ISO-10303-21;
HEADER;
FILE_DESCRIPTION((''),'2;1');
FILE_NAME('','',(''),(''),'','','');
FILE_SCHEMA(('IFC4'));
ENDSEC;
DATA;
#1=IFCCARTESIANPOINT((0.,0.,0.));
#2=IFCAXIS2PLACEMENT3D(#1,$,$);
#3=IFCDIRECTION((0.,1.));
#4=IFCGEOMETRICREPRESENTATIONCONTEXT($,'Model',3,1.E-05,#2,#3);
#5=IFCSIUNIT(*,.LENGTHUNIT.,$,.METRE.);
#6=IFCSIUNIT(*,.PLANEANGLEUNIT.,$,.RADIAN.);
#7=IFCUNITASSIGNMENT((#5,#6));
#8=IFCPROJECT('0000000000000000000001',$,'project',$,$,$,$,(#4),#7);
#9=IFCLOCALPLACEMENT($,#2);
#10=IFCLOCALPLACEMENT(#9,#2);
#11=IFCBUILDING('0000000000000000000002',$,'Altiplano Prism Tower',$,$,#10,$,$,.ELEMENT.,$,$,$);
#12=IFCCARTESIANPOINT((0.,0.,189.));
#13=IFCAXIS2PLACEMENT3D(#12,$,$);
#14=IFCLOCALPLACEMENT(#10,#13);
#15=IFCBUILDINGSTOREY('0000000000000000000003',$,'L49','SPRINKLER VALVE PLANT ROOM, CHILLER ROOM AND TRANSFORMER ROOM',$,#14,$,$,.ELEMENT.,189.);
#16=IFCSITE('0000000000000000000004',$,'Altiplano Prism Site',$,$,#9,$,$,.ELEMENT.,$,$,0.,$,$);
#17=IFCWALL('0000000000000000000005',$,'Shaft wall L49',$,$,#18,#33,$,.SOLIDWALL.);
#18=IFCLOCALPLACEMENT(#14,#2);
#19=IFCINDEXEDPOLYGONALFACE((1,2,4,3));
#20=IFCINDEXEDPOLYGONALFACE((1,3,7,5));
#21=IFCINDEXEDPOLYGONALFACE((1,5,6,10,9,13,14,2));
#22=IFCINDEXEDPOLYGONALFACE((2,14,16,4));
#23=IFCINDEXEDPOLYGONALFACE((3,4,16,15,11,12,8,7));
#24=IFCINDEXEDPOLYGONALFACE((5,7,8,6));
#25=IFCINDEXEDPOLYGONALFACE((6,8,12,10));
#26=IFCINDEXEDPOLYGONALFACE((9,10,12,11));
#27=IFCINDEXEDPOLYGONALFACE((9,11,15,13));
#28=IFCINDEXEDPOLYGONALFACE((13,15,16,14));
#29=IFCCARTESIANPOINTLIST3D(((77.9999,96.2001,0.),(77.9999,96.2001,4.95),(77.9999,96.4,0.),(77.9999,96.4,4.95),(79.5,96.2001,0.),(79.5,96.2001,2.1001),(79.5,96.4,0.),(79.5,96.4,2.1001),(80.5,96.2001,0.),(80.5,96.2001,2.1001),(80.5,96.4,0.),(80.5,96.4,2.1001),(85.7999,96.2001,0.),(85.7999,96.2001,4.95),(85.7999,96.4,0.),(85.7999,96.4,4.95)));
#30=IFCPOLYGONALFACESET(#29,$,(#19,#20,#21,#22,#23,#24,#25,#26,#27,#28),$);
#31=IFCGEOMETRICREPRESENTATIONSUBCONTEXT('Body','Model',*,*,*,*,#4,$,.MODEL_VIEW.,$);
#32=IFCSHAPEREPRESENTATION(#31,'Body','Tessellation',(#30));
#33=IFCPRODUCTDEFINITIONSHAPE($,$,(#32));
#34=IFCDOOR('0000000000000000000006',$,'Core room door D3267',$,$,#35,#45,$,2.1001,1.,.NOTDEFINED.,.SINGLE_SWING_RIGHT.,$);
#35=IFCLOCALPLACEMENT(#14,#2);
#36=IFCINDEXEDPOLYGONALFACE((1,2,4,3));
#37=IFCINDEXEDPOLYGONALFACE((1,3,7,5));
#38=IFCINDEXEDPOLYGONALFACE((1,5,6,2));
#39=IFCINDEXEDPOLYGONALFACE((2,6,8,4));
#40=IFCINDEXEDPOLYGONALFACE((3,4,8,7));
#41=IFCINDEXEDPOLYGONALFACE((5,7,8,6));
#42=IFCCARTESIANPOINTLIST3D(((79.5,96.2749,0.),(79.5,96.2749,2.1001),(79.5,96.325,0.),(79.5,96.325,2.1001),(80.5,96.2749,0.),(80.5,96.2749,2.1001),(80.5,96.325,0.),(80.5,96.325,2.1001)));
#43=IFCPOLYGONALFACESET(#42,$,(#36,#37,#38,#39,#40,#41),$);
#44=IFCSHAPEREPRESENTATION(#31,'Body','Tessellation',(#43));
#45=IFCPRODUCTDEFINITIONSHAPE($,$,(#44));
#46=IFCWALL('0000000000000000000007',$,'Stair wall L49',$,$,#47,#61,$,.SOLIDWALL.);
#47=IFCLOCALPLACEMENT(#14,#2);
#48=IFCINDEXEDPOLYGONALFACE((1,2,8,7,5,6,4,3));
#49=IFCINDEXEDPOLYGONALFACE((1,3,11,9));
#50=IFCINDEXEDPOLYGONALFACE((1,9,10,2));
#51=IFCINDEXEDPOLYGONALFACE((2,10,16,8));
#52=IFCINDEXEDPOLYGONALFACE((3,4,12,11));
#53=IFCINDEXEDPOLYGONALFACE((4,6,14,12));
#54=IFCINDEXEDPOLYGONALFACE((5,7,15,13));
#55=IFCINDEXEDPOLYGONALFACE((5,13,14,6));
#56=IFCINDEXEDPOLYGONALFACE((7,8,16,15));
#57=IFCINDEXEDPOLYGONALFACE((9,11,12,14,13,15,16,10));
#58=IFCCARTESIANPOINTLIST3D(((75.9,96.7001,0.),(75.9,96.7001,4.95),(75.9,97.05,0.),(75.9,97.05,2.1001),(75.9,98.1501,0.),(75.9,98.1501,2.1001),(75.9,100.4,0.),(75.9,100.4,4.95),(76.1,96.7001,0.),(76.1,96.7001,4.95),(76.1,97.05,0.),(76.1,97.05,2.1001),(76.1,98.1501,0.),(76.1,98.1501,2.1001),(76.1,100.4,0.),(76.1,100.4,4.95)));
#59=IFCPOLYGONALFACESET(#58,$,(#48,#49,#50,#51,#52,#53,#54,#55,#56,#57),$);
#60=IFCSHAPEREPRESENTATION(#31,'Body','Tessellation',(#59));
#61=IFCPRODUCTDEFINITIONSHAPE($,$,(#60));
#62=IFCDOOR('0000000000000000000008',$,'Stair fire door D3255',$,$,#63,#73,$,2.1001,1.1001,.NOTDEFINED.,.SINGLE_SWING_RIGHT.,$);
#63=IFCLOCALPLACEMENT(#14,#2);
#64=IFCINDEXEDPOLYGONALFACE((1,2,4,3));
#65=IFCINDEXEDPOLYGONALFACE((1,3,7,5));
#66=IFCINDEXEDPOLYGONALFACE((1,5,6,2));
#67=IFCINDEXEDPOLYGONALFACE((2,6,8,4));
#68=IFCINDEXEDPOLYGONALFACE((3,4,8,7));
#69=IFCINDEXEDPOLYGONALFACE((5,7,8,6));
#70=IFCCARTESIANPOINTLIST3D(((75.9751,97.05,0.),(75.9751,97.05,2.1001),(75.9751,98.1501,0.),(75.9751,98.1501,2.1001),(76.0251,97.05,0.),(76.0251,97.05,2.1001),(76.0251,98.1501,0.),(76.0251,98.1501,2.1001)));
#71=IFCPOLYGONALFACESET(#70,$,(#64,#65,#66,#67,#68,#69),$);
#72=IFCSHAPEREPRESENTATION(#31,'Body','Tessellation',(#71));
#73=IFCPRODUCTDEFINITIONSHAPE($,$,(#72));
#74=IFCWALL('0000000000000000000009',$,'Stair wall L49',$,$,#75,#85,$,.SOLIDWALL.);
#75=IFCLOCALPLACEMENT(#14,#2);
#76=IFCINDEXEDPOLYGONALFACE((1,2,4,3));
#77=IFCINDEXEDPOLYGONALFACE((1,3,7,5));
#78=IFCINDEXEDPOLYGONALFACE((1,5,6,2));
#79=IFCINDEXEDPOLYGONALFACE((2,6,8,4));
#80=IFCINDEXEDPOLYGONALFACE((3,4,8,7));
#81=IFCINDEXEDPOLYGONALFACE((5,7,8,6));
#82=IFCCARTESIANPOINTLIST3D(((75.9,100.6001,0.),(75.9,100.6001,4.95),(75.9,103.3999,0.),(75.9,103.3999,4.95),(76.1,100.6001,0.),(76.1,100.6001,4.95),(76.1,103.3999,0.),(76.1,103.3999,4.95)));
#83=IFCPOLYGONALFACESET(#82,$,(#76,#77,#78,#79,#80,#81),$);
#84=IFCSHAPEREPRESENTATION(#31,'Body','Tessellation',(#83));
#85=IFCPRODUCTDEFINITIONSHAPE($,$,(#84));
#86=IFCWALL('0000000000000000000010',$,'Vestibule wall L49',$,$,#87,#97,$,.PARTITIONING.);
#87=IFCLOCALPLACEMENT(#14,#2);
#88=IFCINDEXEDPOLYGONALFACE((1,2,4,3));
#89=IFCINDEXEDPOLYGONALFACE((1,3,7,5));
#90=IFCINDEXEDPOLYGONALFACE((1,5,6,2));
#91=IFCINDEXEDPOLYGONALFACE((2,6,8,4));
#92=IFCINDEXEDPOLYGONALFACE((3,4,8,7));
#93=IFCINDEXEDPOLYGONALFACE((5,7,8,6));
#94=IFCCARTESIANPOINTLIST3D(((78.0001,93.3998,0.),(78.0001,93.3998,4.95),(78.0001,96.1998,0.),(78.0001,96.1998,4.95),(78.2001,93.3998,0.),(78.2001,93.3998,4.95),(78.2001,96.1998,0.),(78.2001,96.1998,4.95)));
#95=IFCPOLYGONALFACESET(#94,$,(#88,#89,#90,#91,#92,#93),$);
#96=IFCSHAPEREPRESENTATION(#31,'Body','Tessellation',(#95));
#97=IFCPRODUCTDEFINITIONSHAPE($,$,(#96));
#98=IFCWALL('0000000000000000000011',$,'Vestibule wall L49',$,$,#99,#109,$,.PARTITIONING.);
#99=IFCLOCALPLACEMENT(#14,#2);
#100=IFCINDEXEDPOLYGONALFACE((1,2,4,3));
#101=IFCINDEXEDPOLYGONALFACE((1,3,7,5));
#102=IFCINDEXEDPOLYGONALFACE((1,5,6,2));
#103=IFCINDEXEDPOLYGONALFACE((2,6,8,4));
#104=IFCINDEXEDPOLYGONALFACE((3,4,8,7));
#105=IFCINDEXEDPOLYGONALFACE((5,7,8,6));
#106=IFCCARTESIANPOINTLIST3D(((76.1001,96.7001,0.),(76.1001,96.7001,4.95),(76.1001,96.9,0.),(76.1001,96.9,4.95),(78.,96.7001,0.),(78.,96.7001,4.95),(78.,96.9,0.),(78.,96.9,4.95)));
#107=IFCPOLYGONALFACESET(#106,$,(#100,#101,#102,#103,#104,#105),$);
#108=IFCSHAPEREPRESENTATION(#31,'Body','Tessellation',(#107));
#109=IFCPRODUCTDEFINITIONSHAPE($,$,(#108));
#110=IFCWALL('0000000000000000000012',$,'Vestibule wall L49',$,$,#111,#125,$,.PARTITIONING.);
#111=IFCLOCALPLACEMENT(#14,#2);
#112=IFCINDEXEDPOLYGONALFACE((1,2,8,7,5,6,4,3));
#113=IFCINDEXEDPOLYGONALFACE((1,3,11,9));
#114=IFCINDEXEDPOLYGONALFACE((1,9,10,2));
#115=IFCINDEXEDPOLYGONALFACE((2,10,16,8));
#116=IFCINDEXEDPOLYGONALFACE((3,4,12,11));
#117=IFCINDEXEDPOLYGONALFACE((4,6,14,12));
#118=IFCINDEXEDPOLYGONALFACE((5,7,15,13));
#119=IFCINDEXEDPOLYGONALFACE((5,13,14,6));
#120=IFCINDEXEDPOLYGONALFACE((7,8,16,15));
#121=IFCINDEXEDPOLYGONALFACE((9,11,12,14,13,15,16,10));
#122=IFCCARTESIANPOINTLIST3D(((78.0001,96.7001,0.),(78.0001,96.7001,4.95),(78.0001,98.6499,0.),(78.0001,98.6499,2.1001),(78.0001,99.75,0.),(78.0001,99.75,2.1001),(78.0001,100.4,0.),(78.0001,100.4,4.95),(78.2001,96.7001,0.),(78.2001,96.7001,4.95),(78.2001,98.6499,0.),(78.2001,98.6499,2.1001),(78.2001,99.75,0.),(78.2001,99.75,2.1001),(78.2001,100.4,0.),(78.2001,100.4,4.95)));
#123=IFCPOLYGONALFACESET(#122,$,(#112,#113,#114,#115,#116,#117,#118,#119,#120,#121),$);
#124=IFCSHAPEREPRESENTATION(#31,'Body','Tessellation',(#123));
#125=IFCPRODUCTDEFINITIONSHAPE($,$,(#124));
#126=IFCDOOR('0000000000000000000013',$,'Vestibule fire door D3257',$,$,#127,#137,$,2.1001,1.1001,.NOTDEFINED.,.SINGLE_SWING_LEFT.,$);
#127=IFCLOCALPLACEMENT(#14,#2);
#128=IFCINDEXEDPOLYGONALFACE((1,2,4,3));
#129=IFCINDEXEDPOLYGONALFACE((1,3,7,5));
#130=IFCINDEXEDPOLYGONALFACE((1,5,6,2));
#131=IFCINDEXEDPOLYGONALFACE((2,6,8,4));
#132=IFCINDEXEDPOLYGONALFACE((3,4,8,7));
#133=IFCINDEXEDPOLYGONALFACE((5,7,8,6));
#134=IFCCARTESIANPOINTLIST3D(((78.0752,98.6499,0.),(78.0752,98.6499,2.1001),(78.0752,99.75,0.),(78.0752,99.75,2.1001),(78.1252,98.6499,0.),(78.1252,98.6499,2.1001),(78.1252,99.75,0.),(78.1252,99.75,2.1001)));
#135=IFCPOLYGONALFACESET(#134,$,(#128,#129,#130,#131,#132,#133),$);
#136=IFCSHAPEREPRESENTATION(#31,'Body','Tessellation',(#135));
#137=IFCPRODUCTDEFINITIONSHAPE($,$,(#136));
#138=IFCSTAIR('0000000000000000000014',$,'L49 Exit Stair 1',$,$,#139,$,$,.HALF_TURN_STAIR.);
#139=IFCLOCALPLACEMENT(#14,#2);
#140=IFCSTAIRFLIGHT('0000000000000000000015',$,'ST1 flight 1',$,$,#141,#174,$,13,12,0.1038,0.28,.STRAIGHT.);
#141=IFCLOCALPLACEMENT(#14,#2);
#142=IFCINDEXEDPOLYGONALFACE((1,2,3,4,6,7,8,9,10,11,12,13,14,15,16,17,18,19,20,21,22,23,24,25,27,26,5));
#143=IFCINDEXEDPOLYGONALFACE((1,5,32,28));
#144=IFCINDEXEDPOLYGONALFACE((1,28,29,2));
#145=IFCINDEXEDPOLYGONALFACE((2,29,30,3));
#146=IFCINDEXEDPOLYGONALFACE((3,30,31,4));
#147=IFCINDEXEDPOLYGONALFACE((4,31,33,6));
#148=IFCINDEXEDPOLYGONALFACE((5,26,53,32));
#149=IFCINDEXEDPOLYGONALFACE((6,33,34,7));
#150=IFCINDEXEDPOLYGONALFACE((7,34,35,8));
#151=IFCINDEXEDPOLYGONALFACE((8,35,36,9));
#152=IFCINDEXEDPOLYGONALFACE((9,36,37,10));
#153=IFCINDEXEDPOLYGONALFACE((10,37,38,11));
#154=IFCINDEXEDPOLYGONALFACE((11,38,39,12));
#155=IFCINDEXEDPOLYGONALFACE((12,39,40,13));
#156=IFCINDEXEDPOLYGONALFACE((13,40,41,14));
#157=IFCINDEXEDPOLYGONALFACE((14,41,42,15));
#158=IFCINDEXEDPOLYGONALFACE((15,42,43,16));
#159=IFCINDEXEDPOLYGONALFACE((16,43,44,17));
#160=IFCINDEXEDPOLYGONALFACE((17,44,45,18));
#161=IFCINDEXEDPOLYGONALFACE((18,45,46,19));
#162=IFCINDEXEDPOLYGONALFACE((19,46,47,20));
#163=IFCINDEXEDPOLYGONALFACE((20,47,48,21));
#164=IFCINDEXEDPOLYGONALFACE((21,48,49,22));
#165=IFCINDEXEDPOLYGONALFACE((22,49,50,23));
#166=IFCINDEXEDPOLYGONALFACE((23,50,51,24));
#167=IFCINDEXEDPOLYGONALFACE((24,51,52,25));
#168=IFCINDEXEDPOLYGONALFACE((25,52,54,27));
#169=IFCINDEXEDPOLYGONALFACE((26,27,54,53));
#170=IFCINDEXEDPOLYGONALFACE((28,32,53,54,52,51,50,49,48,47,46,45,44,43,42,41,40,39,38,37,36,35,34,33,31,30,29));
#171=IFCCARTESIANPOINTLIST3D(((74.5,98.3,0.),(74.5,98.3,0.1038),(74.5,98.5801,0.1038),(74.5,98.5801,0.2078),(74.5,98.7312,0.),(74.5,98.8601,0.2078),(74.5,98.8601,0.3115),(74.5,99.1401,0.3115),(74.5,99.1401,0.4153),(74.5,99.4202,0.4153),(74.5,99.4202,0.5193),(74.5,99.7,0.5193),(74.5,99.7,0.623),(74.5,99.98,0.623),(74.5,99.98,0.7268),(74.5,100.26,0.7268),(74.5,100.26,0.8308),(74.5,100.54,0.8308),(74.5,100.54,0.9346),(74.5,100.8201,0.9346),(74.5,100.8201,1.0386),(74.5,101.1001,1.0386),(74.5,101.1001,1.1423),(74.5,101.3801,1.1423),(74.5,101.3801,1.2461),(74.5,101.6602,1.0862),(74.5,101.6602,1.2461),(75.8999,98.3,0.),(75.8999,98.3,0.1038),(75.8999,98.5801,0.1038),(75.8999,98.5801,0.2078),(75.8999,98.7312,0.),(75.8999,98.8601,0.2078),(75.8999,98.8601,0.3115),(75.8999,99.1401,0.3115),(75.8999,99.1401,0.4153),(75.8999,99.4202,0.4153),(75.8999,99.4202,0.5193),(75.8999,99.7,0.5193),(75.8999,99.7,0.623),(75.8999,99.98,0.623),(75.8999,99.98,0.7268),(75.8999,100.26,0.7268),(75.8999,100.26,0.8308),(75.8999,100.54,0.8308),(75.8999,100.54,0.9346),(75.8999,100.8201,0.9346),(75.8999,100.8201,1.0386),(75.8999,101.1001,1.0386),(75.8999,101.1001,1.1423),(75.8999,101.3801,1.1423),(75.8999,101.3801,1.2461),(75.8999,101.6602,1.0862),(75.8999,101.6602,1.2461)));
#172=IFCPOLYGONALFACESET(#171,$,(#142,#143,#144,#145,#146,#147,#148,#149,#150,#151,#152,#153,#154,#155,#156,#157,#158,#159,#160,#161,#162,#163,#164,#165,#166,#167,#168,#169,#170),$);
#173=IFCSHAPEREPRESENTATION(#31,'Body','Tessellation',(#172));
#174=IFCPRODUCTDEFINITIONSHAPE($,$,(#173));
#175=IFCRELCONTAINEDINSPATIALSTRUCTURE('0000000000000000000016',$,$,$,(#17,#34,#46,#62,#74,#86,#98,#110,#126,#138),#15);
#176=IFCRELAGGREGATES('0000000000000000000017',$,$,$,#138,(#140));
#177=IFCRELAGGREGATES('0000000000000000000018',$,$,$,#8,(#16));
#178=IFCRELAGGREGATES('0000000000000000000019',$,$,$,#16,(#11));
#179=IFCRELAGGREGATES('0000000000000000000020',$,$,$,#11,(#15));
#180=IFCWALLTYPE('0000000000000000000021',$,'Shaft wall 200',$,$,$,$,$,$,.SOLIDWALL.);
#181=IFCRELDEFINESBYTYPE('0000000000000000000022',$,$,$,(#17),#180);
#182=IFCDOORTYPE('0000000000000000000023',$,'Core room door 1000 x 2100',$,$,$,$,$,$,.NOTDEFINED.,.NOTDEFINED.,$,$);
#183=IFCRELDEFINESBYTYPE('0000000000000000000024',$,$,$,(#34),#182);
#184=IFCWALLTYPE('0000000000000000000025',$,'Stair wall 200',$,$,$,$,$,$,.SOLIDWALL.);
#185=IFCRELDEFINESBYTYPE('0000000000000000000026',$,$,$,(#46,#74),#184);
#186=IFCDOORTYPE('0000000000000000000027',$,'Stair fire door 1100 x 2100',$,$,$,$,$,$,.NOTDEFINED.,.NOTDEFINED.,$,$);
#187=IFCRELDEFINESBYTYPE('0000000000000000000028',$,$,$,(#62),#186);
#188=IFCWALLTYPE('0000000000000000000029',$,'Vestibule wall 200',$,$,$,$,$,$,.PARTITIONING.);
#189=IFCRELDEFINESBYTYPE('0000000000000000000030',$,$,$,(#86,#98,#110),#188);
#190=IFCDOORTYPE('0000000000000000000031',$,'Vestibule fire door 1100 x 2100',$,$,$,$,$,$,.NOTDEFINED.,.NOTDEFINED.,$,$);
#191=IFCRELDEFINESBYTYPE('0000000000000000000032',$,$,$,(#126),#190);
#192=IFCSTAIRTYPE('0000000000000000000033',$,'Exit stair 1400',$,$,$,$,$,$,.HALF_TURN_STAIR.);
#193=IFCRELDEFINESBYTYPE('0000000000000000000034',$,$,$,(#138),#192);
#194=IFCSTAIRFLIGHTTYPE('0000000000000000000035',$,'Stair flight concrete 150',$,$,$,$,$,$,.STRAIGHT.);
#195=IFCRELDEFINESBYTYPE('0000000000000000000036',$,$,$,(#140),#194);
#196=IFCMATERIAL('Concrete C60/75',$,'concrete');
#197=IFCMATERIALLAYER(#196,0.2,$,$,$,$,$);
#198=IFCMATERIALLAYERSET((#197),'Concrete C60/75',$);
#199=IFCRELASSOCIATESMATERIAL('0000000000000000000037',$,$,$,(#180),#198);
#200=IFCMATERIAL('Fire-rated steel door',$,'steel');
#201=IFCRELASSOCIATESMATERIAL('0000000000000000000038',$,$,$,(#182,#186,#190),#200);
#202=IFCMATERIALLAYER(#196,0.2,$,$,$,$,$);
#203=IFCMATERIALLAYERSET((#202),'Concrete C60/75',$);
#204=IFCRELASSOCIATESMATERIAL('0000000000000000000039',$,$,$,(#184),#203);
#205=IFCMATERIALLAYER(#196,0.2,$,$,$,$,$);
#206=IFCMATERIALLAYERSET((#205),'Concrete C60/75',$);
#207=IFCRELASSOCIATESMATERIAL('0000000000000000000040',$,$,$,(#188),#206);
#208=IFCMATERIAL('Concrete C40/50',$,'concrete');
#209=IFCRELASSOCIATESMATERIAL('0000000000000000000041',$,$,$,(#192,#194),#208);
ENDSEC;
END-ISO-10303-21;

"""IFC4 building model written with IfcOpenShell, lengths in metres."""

from ifc_helpers import new_model, si_unit, direction, frame, frame_2d, origin, place, context, subcontext, project, spatial, polyline, rectangle, outline, extrude, material, layer, layer_set, type_object, element, fill, aggregate, save


model = new_model("IFC4")

# Units and contexts
model_context = context("Model", 3, precision=1e-05, world=origin(), true_north=direction((0.0, 1.0)))
body_context = subcontext(model_context, "Body", "Model", "MODEL_VIEW")
ifc_project = project(units=[si_unit("LENGTHUNIT", "METRE"), si_unit("PLANEANGLEUNIT", "RADIAN")], contexts=[model_context])

# Site, building, storey
site_placement = place(None, origin())
site = spatial("IfcSite", under=ifc_project, at=site_placement, Name="Altiplano Prism Site", CompositionType="ELEMENT", RefElevation=0.0)
building_placement = place(site_placement, origin())
building = spatial("IfcBuilding", under=site, at=building_placement, Name="Altiplano Prism Tower", CompositionType="ELEMENT")
storey_placement = place(building_placement, frame((0.0, 0.0, 189.0)))
storey = spatial("IfcBuildingStorey", under=building, at=storey_placement, Name="L49", Description="SPRINKLER VALVE PLANT ROOM, CHILLER ROOM AND TRANSFORMER ROOM", CompositionType="ELEMENT", Elevation=189.0)

# Walls, openings, doors
ifc_material_1 = material(Name="Concrete C60/75", Category="concrete")
ifc_layer_1 = layer(ifc_material_1, 0.2)
ifc_layer_set_1 = layer_set([ifc_layer_1], Name="Concrete C60/75")
wall_type_1 = type_object("IfcWallType", Name="Shaft wall 200", PredefinedType="SOLIDWALL", material=ifc_layer_set_1)
wall_1_placement = place(storey_placement, frame((78.0, 96.3, 0.0), z_axis=(0.0, 0.0, 1.0), x_axis=(1.0, 0.0, 0.0)))
wall_1 = element("IfcWall", 1, at=wall_1_placement, inside=storey, type_object=wall_type_1, Name="Shaft wall L49", PredefinedType="SOLIDWALL", context=body_context, shape_type="SweptSolid", body=[
    extrude(rectangle(XDim=7.8, YDim=0.2, at=frame_2d((3.8999, 0.0))), origin(), (0.0, 0.0, 1.0), 4.95),
])
opening_1_placement = place(wall_1_placement, frame((1.5, 0.0, 0.0)))
opening_1 = element("IfcOpeningElement", 2, at=opening_1_placement, cuts=wall_1, PredefinedType="OPENING", context=body_context, shape_type="SweptSolid", body=[
    extrude(rectangle(XDim=1.0, YDim=2.1001, at=frame_2d((0.5, 1.05))), frame((0.0, 0.1104, 0.0), z_axis=(0.0, -1.0, 0.0), x_axis=(1.0, 0.0, 0.0)), (0.0, 0.0, 1.0), 0.2209),
])
ifc_material_2 = material(Name="Fire-rated steel door", Category="steel")
door_type_1 = type_object("IfcDoorType", Name="Core room door 1000 x 2100", OperationType="NOTDEFINED", PredefinedType="NOTDEFINED", material=ifc_material_2)
door_1_placement = place(opening_1_placement, origin())
door_1 = element("IfcDoor", 3, at=door_1_placement, inside=storey, type_object=door_type_1, Name="Core room door D3267", OperationType="SINGLE_SWING_RIGHT", OverallHeight=2.1001, OverallWidth=1.0, PredefinedType="NOTDEFINED", context=body_context, shape_type="SweptSolid", body=[
    extrude(rectangle(XDim=1.0, YDim=2.1001, at=frame_2d((0.5, 1.05))), frame((0.0, 0.0249, 0.0), z_axis=(0.0, -1.0, 0.0), x_axis=(1.0, 0.0, 0.0)), (0.0, 0.0, 1.0), 0.05),
])
fill(opening_1, door_1)
ifc_layer_2 = layer(ifc_material_1, 0.2)
ifc_layer_set_2 = layer_set([ifc_layer_2], Name="Concrete C60/75")
wall_type_2 = type_object("IfcWallType", Name="Stair wall 200", PredefinedType="SOLIDWALL", material=ifc_layer_set_2)
wall_2_placement = place(storey_placement, frame((76.0, 96.7, 0.0), z_axis=(0.0, 0.0, 1.0), x_axis=(0.0, 1.0, 0.0)))
wall_2 = element("IfcWall", 4, at=wall_2_placement, inside=storey, type_object=wall_type_2, Name="Stair wall L49", PredefinedType="SOLIDWALL", context=body_context, shape_type="SweptSolid", body=[
    extrude(rectangle(XDim=3.7, YDim=0.2, at=frame_2d((1.8501, 0.0))), origin(), (0.0, 0.0, 1.0), 4.95),
])
opening_2_placement = place(wall_2_placement, frame((0.3501, 0.0, 0.0)))
opening_2 = element("IfcOpeningElement", 5, at=opening_2_placement, cuts=wall_2, PredefinedType="OPENING", context=body_context, shape_type="SweptSolid", body=[
    extrude(rectangle(XDim=1.1001, YDim=2.1001, at=frame_2d((0.55, 1.05))), frame((0.0, 0.1104, 0.0), z_axis=(0.0, -1.0, 0.0), x_axis=(1.0, 0.0, 0.0)), (0.0, 0.0, 1.0), 0.2209),
])
door_type_2 = type_object("IfcDoorType", Name="Stair fire door 1100 x 2100", OperationType="NOTDEFINED", PredefinedType="NOTDEFINED", material=ifc_material_2)
door_2_placement = place(opening_2_placement, origin())
door_2 = element("IfcDoor", 6, at=door_2_placement, inside=storey, type_object=door_type_2, Name="Stair fire door D3255", OperationType="SINGLE_SWING_RIGHT", OverallHeight=2.1001, OverallWidth=1.1001, PredefinedType="NOTDEFINED", context=body_context, shape_type="SweptSolid", body=[
    extrude(rectangle(XDim=1.1001, YDim=2.1001, at=frame_2d((0.55, 1.05))), frame((0.0, 0.0249, 0.0), z_axis=(0.0, -1.0, 0.0), x_axis=(1.0, 0.0, 0.0)), (0.0, 0.0, 1.0), 0.05),
])
fill(opening_2, door_2)

# Walls
wall_3_placement = place(storey_placement, frame((76.0, 100.6001, 0.0), z_axis=(0.0, 0.0, 1.0), x_axis=(0.0, 1.0, 0.0)))
element("IfcWall", 7, at=wall_3_placement, inside=storey, type_object=wall_type_2, Name="Stair wall L49", PredefinedType="SOLIDWALL", context=body_context, shape_type="SweptSolid", body=[
    extrude(rectangle(XDim=2.7998, YDim=0.2, at=frame_2d((1.3999, 0.0))), origin(), (0.0, 0.0, 1.0), 4.95),
])
ifc_layer_3 = layer(ifc_material_1, 0.2)
ifc_layer_set_3 = layer_set([ifc_layer_3], Name="Concrete C60/75")
wall_type_3 = type_object("IfcWallType", Name="Vestibule wall 200", PredefinedType="PARTITIONING", material=ifc_layer_set_3)
wall_4_placement = place(storey_placement, frame((78.1001, 93.3999, 0.0), z_axis=(0.0, 0.0, 1.0), x_axis=(0.0, 1.0, 0.0)))
element("IfcWall", 8, at=wall_4_placement, inside=storey, type_object=wall_type_3, Name="Vestibule wall L49", PredefinedType="PARTITIONING", context=body_context, shape_type="SweptSolid", body=[
    extrude(rectangle(XDim=2.8, YDim=0.2, at=frame_2d((1.3999, 0.0))), origin(), (0.0, 0.0, 1.0), 4.95),
])
wall_5_placement = place(storey_placement, frame((76.1001, 96.8, 0.0), z_axis=(0.0, 0.0, 1.0), x_axis=(1.0, 0.0, 0.0)))
element("IfcWall", 9, at=wall_5_placement, inside=storey, type_object=wall_type_3, Name="Vestibule wall L49", PredefinedType="PARTITIONING", context=body_context, shape_type="SweptSolid", body=[
    extrude(rectangle(XDim=1.8999, YDim=0.2, at=frame_2d((0.95, 0.0))), origin(), (0.0, 0.0, 1.0), 4.95),
])

# Wall, opening, door
wall_6_placement = place(storey_placement, frame((78.1001, 96.7, 0.0), z_axis=(0.0, 0.0, 1.0), x_axis=(0.0, 1.0, 0.0)))
wall_6 = element("IfcWall", 10, at=wall_6_placement, inside=storey, type_object=wall_type_3, Name="Vestibule wall L49", PredefinedType="PARTITIONING", context=body_context, shape_type="SweptSolid", body=[
    extrude(rectangle(XDim=3.7, YDim=0.2, at=frame_2d((1.8501, 0.0))), origin(), (0.0, 0.0, 1.0), 4.95),
])
opening_3_placement = place(wall_6_placement, frame((1.95, 0.0, 0.0)))
opening_3 = element("IfcOpeningElement", 11, at=opening_3_placement, cuts=wall_6, PredefinedType="OPENING", context=body_context, shape_type="SweptSolid", body=[
    extrude(rectangle(XDim=1.1001, YDim=2.1001, at=frame_2d((0.55, 1.05))), frame((0.0, 0.1104, 0.0), z_axis=(0.0, -1.0, 0.0), x_axis=(1.0, 0.0, 0.0)), (0.0, 0.0, 1.0), 0.2209),
])
door_type_3 = type_object("IfcDoorType", Name="Vestibule fire door 1100 x 2100", OperationType="NOTDEFINED", PredefinedType="NOTDEFINED", material=ifc_material_2)
door_3_placement = place(opening_3_placement, origin())
door_3 = element("IfcDoor", 12, at=door_3_placement, inside=storey, type_object=door_type_3, Name="Vestibule fire door D3257", OperationType="SINGLE_SWING_LEFT", OverallHeight=2.1001, OverallWidth=1.1001, PredefinedType="NOTDEFINED", context=body_context, shape_type="SweptSolid", body=[
    extrude(rectangle(XDim=1.1001, YDim=2.1001, at=frame_2d((0.55, 1.05))), frame((0.0, 0.0249, 0.0), z_axis=(0.0, -1.0, 0.0), x_axis=(1.0, 0.0, 0.0)), (0.0, 0.0, 1.0), 0.05),
])
fill(opening_3, door_3)

# Stair, stair flight
ifc_material_3 = material(Name="Concrete C40/50", Category="concrete")
stair_type = type_object("IfcStairType", Name="Exit stair 1400", PredefinedType="HALF_TURN_STAIR", material=ifc_material_3)
stair_placement = place(storey_placement, origin())
stair = element("IfcStair", 13, at=stair_placement, inside=storey, type_object=stair_type, Name="L49 Exit Stair 1", PredefinedType="HALF_TURN_STAIR")
stair_flight_type = type_object("IfcStairFlightType", Name="Stair flight concrete 150", PredefinedType="STRAIGHT", material=ifc_material_3)
stair_flight_1_placement = place(storey_placement, frame((75.2, 98.3, 0.0), z_axis=(0.0, 0.0, 1.0), x_axis=(0.0, 1.0, 0.0)))
stair_flight_1 = element("IfcStairFlight", 14, at=stair_flight_1_placement, type_object=stair_flight_type, Name="ST1 flight 1", NumberOfRisers=13, NumberOfTreads=12, PredefinedType="STRAIGHT", RiserHeight=0.1038, TreadLength=0.28, context=body_context, shape_type="SweptSolid", body=[
    extrude(outline(polyline([(0.0, 0.0), (0.0, 0.1038), (0.28, 0.1038), (0.28, 0.2078), (0.5601, 0.2078), (0.5601, 0.3115), (0.8401, 0.3115), (0.8401, 0.4153), (1.1201, 0.4153), (1.1201, 0.5193), (1.3999, 0.5193), (1.3999, 0.623), (1.6799, 0.623), (1.6799, 0.7268), (1.96, 0.7268), (1.96, 0.8308), (2.24, 0.8308), (2.24, 0.9346), (2.52, 0.9346), (2.52, 1.0386), (2.8, 1.0386), (2.8, 1.1423), (3.0801, 1.1423), (3.0801, 1.2461), (3.3601, 1.2461), (3.3601, 1.3501), (3.3601, 1.0862), (0.4312, 0.0), (0.0, 0.0)])), frame((0.0, 0.7, 0.0), z_axis=(0.0, -1.0, 0.0), x_axis=(1.0, 0.0, 0.0)), (0.0, 0.0, 1.0), 1.3999),
])
aggregate(stair, [stair_flight_1])

save(model, "model.ifc")
